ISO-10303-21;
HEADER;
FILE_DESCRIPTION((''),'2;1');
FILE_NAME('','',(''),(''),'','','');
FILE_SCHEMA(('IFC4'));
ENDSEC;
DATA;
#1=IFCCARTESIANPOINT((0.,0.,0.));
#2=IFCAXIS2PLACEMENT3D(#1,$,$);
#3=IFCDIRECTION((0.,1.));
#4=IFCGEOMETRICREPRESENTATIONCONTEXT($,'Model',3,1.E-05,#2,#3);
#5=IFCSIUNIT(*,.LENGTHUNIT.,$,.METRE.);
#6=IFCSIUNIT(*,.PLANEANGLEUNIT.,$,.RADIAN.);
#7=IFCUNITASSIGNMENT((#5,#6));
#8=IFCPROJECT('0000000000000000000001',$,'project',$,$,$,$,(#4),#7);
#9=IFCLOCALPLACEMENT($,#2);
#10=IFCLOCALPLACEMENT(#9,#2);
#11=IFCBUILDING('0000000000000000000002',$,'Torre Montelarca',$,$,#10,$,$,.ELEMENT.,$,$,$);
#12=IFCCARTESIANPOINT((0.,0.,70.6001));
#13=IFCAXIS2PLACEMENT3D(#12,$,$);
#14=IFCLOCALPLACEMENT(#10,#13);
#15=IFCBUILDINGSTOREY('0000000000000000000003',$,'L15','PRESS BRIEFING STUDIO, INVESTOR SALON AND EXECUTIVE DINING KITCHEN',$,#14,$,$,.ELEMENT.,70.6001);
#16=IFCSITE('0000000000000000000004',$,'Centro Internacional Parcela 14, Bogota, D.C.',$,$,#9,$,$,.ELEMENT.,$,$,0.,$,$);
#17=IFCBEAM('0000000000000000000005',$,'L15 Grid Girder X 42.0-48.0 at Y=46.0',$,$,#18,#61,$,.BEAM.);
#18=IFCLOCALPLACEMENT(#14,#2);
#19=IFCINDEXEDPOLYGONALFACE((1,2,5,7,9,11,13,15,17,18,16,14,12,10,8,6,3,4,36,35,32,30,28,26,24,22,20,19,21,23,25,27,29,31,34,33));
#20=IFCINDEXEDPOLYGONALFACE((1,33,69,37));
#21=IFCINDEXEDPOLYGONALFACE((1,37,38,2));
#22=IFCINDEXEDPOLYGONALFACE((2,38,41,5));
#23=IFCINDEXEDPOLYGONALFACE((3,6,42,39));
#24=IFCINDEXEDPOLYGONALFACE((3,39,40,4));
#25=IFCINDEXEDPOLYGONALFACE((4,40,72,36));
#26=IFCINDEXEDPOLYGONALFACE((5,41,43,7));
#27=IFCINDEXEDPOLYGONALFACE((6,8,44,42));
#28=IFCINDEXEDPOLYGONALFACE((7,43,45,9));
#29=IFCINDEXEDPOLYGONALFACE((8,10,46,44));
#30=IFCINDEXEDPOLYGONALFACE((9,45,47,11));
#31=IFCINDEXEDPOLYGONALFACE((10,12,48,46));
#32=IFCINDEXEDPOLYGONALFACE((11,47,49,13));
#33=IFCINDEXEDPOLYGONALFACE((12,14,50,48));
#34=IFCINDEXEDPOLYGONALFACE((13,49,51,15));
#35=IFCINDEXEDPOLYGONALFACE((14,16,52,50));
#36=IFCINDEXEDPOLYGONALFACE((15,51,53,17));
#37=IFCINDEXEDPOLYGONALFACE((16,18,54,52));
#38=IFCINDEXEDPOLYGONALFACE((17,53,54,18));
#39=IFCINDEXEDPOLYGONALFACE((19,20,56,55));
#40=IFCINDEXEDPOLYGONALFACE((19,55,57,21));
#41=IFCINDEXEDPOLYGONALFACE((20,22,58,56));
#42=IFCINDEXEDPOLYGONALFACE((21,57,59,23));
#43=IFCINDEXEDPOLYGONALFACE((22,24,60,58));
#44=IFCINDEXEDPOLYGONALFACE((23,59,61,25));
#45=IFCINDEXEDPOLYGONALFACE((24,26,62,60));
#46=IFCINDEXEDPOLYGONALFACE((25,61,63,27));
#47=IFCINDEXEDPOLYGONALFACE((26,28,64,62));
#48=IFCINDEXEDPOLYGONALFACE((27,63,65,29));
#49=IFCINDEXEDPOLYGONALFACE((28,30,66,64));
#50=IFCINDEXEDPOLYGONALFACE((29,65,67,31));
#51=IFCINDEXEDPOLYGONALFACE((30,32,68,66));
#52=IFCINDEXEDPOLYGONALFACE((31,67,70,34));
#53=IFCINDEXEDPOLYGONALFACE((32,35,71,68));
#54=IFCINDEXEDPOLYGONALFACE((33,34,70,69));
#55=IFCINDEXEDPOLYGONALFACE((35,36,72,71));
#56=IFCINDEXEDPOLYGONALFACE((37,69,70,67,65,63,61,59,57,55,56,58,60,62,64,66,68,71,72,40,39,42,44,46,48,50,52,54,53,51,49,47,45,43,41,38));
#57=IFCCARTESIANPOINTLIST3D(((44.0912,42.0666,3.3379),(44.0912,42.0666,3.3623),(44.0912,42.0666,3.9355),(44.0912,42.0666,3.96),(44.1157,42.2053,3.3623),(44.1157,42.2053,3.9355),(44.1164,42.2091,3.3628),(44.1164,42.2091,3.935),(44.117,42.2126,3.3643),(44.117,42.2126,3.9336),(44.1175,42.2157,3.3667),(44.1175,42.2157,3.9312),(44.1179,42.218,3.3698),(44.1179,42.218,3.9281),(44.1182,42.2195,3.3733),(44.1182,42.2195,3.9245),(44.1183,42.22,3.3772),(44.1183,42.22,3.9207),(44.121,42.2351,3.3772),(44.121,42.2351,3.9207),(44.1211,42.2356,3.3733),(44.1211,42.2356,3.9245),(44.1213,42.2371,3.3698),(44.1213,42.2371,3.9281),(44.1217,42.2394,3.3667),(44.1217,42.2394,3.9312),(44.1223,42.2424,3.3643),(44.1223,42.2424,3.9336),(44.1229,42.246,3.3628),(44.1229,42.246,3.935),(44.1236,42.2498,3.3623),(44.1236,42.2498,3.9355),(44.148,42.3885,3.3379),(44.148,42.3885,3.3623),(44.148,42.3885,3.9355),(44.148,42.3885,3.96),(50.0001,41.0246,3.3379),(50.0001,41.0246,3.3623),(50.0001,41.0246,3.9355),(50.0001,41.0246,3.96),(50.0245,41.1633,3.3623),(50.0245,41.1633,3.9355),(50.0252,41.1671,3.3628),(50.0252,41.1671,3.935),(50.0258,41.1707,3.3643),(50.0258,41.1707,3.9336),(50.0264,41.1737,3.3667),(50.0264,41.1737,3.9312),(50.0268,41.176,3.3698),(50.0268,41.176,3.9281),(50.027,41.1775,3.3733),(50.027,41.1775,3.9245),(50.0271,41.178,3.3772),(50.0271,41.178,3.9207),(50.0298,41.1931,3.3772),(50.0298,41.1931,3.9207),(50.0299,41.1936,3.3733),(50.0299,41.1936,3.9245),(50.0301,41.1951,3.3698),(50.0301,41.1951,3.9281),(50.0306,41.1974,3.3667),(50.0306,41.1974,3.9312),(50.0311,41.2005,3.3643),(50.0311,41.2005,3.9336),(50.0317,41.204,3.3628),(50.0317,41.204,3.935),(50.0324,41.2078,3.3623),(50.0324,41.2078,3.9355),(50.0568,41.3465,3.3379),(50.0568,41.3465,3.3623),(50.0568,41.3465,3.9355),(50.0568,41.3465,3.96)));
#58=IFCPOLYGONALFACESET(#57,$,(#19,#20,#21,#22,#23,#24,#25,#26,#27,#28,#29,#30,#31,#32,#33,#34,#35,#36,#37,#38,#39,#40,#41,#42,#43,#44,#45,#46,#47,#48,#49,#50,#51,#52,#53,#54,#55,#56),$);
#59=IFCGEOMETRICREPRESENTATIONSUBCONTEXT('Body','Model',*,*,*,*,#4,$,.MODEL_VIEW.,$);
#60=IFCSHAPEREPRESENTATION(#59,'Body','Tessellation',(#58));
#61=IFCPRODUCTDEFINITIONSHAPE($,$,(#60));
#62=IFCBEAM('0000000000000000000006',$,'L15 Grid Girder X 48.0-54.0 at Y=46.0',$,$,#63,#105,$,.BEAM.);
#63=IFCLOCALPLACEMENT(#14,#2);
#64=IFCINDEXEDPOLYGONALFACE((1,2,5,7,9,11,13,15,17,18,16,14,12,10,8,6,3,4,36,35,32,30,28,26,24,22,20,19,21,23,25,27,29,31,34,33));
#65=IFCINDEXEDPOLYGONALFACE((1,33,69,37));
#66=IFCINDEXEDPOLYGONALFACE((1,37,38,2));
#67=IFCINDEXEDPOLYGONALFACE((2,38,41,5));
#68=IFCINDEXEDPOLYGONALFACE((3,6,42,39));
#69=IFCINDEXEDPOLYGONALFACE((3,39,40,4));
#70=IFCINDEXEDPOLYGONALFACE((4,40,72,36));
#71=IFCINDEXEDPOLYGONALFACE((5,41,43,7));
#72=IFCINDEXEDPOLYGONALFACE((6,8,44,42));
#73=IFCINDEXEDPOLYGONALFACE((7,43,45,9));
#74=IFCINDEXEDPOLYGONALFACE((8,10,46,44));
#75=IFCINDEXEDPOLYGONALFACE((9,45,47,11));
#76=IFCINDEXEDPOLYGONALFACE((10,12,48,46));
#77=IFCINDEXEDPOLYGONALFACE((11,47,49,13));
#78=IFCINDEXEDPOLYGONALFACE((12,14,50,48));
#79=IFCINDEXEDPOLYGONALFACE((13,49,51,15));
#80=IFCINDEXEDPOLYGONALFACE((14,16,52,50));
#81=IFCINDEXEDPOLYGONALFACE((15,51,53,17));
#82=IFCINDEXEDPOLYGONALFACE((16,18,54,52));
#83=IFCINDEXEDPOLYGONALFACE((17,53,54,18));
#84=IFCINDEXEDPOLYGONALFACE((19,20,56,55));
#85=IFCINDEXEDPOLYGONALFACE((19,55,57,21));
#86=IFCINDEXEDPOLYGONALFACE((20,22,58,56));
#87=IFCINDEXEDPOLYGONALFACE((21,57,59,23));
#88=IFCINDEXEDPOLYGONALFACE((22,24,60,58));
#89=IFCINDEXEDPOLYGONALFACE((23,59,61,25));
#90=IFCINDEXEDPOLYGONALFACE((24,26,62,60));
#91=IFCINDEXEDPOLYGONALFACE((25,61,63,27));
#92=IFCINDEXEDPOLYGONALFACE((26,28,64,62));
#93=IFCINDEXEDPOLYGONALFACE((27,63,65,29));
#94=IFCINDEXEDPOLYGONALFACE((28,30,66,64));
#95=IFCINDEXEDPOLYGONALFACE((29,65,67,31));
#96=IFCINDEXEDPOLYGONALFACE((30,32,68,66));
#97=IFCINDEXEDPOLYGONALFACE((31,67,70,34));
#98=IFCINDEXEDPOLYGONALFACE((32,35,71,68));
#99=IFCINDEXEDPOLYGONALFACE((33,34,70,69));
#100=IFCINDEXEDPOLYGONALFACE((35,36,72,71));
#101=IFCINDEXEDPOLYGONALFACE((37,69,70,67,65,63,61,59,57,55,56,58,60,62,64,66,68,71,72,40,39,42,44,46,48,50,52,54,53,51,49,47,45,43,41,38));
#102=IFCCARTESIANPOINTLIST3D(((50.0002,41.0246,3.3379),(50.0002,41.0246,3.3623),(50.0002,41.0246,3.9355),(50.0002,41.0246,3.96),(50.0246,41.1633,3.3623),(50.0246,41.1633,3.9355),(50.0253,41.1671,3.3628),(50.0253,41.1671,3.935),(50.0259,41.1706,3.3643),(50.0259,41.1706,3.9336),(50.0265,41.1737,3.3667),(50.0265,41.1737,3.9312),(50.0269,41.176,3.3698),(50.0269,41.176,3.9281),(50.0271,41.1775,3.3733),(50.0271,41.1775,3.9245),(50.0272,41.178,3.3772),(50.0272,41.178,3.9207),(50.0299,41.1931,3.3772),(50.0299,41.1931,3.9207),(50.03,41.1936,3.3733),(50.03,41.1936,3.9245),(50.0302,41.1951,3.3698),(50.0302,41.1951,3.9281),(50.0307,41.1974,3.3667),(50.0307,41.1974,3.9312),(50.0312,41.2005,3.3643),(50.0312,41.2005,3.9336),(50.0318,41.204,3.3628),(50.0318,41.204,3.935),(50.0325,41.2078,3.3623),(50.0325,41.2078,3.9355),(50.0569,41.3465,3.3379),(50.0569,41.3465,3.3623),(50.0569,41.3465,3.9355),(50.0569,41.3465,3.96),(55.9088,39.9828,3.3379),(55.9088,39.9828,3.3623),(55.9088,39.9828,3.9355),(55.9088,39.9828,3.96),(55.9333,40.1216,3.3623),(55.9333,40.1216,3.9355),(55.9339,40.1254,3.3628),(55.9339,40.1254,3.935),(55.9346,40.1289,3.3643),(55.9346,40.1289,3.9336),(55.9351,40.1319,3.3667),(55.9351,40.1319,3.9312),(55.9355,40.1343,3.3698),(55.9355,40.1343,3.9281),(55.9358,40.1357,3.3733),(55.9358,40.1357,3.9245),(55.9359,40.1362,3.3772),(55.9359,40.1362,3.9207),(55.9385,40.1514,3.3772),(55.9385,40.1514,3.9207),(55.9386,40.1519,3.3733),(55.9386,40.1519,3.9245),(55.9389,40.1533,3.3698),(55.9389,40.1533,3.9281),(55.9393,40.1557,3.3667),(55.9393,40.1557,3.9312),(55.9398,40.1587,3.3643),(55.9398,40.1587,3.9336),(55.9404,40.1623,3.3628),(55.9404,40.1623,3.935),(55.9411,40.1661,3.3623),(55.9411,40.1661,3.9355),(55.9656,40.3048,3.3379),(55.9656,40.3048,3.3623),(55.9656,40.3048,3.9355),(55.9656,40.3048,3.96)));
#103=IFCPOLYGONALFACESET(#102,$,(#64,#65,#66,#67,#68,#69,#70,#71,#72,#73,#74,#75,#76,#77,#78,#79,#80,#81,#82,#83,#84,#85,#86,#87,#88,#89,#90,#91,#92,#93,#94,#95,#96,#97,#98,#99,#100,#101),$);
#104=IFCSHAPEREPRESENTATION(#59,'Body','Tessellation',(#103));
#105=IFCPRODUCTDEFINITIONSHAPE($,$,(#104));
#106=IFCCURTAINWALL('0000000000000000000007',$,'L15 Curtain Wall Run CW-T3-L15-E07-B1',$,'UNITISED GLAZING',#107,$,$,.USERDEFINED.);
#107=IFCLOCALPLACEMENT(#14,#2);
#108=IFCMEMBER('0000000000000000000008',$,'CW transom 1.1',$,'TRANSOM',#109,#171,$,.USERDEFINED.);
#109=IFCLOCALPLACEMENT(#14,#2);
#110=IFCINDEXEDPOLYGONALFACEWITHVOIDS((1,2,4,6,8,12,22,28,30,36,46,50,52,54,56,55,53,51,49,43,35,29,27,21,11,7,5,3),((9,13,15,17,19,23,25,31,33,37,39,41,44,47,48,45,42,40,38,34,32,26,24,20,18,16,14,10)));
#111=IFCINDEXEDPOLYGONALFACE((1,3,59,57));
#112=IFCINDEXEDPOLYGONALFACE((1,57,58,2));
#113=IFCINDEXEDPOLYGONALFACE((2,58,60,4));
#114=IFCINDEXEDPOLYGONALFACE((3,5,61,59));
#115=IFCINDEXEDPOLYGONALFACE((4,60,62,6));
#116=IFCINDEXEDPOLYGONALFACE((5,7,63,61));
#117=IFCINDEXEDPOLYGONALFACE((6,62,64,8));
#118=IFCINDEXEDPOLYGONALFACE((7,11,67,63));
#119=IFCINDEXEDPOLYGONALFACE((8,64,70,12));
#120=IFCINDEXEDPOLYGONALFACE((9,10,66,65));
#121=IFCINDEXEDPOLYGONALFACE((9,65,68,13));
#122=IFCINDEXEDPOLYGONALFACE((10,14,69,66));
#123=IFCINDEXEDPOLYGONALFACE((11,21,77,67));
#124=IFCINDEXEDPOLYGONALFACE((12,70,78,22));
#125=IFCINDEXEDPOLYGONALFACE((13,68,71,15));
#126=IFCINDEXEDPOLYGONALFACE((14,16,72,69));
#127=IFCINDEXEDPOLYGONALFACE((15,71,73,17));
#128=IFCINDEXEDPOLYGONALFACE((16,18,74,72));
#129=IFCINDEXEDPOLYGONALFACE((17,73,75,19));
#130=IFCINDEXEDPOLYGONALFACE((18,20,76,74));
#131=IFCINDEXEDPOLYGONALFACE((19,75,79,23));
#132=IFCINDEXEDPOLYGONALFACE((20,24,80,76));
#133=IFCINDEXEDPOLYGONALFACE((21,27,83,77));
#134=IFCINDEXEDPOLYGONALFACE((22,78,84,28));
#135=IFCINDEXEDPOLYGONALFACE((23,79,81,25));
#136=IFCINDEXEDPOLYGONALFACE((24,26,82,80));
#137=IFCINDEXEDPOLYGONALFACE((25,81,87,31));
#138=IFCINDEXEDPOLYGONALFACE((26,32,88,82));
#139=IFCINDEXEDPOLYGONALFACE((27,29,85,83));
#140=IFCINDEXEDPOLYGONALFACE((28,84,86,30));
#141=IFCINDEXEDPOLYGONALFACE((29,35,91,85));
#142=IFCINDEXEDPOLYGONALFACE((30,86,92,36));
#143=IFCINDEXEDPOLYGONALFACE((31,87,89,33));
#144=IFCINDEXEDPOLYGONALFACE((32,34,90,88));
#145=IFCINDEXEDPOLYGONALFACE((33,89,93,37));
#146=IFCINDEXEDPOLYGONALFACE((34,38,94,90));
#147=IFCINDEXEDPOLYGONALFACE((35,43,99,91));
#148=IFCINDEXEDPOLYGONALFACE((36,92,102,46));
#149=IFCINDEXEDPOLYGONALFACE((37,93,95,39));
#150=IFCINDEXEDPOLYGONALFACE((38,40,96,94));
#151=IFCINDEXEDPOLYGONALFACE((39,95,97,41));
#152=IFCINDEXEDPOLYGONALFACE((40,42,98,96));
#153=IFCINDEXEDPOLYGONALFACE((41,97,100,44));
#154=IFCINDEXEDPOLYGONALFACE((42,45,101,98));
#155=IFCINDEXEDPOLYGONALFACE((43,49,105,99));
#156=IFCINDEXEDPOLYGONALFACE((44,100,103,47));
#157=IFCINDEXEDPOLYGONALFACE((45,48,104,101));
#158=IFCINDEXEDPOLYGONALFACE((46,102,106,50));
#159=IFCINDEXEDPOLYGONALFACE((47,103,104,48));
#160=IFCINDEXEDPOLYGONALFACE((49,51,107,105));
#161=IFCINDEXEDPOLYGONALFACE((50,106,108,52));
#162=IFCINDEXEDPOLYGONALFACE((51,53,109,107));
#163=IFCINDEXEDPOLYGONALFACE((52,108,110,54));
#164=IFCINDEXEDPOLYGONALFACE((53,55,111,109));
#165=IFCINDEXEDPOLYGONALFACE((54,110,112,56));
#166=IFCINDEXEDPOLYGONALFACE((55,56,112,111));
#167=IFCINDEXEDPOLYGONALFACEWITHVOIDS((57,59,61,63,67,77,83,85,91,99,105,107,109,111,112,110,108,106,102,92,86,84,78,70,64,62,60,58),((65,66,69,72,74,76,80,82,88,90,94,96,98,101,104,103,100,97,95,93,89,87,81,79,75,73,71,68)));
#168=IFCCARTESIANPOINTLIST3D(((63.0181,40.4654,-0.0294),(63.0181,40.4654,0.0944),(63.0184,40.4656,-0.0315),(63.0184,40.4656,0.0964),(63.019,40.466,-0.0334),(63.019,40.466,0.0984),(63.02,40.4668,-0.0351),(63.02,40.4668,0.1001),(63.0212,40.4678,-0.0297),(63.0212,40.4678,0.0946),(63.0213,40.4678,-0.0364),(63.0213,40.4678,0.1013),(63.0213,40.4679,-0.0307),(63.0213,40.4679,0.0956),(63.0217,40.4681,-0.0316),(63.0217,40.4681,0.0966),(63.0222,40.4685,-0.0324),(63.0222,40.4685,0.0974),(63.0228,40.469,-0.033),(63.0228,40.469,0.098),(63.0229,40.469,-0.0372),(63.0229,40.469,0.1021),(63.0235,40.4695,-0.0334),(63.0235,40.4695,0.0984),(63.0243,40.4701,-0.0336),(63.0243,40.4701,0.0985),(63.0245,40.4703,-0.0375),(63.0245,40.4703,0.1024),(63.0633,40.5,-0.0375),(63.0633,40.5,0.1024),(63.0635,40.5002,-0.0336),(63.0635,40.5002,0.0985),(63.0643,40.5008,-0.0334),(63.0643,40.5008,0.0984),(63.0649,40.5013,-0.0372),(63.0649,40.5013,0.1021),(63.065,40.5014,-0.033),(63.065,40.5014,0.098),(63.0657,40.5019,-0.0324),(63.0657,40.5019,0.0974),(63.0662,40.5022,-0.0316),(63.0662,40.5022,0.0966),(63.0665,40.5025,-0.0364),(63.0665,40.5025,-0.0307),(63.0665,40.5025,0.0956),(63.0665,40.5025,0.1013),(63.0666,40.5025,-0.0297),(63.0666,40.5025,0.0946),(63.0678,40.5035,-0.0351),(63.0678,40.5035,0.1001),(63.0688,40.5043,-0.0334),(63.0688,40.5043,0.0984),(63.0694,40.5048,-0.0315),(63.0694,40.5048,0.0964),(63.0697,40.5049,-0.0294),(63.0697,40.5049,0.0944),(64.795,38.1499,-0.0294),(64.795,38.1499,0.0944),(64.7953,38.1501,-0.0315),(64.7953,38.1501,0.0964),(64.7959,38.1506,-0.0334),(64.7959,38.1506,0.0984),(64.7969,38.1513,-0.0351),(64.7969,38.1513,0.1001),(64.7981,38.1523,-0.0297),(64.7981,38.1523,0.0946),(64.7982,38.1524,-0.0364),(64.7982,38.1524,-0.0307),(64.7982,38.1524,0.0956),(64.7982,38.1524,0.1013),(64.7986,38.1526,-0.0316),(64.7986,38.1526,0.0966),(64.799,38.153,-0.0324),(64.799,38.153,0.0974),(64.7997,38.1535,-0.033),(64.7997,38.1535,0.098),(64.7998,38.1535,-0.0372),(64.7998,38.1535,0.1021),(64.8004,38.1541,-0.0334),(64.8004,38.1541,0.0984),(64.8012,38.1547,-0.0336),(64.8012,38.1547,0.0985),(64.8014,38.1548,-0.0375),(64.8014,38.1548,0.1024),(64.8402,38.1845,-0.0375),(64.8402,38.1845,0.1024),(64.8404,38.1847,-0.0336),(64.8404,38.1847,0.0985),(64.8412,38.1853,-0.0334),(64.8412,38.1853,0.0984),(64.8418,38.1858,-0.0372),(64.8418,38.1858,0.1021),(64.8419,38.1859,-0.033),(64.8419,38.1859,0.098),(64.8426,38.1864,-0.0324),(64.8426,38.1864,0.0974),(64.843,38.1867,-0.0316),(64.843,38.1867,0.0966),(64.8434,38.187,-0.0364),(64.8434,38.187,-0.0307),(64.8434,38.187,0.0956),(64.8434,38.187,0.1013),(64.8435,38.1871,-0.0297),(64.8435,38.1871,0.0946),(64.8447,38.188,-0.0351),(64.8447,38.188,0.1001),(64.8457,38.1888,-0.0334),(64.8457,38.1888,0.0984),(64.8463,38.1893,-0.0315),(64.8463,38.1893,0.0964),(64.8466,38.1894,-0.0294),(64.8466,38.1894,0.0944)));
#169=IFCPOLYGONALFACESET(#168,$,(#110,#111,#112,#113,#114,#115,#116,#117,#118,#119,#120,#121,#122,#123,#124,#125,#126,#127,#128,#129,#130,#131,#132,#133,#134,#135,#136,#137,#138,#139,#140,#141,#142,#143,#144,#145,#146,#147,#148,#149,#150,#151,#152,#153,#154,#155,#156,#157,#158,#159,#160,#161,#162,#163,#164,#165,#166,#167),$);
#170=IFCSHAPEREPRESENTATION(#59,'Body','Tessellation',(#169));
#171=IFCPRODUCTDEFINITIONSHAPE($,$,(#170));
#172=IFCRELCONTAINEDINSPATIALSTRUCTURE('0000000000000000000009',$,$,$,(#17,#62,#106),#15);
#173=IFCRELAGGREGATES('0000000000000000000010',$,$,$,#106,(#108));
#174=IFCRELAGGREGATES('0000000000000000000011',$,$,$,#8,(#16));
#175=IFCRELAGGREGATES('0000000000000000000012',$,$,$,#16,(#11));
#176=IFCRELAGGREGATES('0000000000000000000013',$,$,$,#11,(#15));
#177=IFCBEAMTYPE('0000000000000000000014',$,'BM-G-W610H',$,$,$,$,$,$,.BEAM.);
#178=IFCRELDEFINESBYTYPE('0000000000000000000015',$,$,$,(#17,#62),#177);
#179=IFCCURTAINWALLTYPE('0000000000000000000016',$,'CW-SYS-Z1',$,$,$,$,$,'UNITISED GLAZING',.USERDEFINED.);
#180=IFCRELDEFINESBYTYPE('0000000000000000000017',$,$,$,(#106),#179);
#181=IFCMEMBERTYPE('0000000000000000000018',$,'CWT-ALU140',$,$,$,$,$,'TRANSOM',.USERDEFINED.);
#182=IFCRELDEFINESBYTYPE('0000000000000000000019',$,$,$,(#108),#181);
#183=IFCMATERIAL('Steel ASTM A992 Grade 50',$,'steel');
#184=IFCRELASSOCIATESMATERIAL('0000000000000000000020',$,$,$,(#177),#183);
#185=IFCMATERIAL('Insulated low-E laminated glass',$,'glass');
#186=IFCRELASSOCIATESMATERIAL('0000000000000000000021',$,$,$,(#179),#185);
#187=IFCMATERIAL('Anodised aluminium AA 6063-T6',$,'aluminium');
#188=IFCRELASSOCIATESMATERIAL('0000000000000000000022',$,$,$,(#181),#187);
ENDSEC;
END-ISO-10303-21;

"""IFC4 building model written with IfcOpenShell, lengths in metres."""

from ifc_helpers import new_model, si_unit, direction, frame, origin, origin_2d, place, context, subcontext, project, spatial, hollow_rectangle, i_section, extrude, source, transform, mapped, material, material_profile, profile_set, type_object, element, aggregate, save


model = new_model("IFC4")

# Units and contexts
model_context = context("Model", 3, precision=1e-05, world=origin(), true_north=direction((0.0, 1.0)))
body_context = subcontext(model_context, "Body", "Model", "MODEL_VIEW")
ifc_project = project(units=[si_unit("LENGTHUNIT", "METRE"), si_unit("PLANEANGLEUNIT", "RADIAN")], contexts=[model_context])

# Site, building, storey
site_placement = place(None, origin())
site = spatial("IfcSite", under=ifc_project, at=site_placement, Name="Centro Internacional Parcela 14, Bogota, D.C.", CompositionType="ELEMENT", RefElevation=0.0)
building_placement = place(site_placement, origin())
building = spatial("IfcBuilding", under=site, at=building_placement, Name="Torre Montelarca", CompositionType="ELEMENT")
storey_placement = place(building_placement, frame((0.0, 0.0, 70.6001)))
storey = spatial("IfcBuildingStorey", under=building, at=storey_placement, Name="L15", Description="PRESS BRIEFING STUDIO, INVESTOR SALON AND EXECUTIVE DINING KITCHEN", CompositionType="ELEMENT", Elevation=70.6001)

# Shared definitions
ifc_material_1 = material(Name="Steel ASTM A992 Grade 50", Category="steel")

# Beams
ifc_material_profile_1 = material_profile(ifc_material_1, i_section(OverallWidth=0.3269, OverallDepth=0.6221, WebThickness=0.0154, FlangeThickness=0.0244, FilletRadius=0.0149, at=origin_2d()), Name="W610X195", Category="steel")
ifc_profile_set_1 = profile_set([ifc_material_profile_1], Name="Steel ASTM A992 Grade 50")
beam_type = type_object("IfcBeamType", Name="BM-G-W610H", PredefinedType="BEAM", material=ifc_profile_set_1)
shared_shape_1 = source(origin(), body_context, "Body", "SweptSolid", [
    extrude(i_section(OverallWidth=0.3269, OverallDepth=0.6221, WebThickness=0.0154, FlangeThickness=0.0244, FilletRadius=0.0149, at=origin_2d()), origin(), (0.0, 0.0, 1.0), 6.0),
])
beam_1_placement = place(storey_placement, frame((44.1196, 42.2275, 3.6489), z_axis=(0.984805, -0.173662, 0.0), x_axis=(0.173662, 0.984805, 0.0)))
element("IfcBeam", 1, at=beam_1_placement, inside=storey, type_object=beam_type, Name="L15 Grid Girder X 42.0-48.0 at Y=46.0", PredefinedType="BEAM", context=body_context, shape_type="MappedRepresentation", body=[
    mapped(shared_shape_1, transform((0.0, 0.0, 0.0), scale=1.0)),
])
shared_shape_2 = source(origin(), body_context, "Body", "SweptSolid", [
    extrude(i_section(OverallWidth=0.3269, OverallDepth=0.6221, WebThickness=0.0154, FlangeThickness=0.0244, FilletRadius=0.0149, at=origin_2d()), origin(), (0.0, 0.0, 1.0), 5.9998),
])
beam_2_placement = place(storey_placement, frame((50.0286, 41.1855, 3.6489), z_axis=(0.984811, -0.17363, 0.0), x_axis=(0.17363, 0.984811, 0.0)))
element("IfcBeam", 2, at=beam_2_placement, inside=storey, type_object=beam_type, Name="L15 Grid Girder X 48.0-54.0 at Y=46.0", PredefinedType="BEAM", context=body_context, shape_type="MappedRepresentation", body=[
    mapped(shared_shape_2, transform((0.0, 0.0, 0.0), scale=1.0)),
])

# Curtain wall, member
ifc_material_2 = material(Name="Insulated low-E laminated glass", Category="glass")
curtain_wall_type = type_object("IfcCurtainWallType", Name="CW-SYS-Z1", ElementType="UNITISED GLAZING", PredefinedType="USERDEFINED", material=ifc_material_2)
curtain_wall_1_placement = place(storey_placement, origin())
curtain_wall_1 = element("IfcCurtainWall", 3, at=curtain_wall_1_placement, inside=storey, type_object=curtain_wall_type, Name="L15 Curtain Wall Run CW-T3-L15-E07-B1", ObjectType="UNITISED GLAZING", PredefinedType="USERDEFINED")
ifc_material_3 = material(Name="Anodised aluminium AA 6063-T6", Category="aluminium")
ifc_material_profile_2 = material_profile(ifc_material_3, hollow_rectangle(XDim=0.0649, YDim=0.1399, WallThickness=0.0039, InnerFilletRadius=0.0039, OuterFilletRadius=0.0081, at=origin_2d()), Name="ALU65X140X4", Category="aluminium")
ifc_profile_set_2 = profile_set([ifc_material_profile_2], Name="Anodised aluminium AA 6063-T6")
member_type_1 = type_object("IfcMemberType", Name="CWT-ALU140", ElementType="TRANSOM", PredefinedType="USERDEFINED", material=ifc_profile_set_2)
shared_shape_3 = source(origin(), body_context, "Body", "SweptSolid", [
    extrude(hollow_rectangle(XDim=0.0649, YDim=0.1399, WallThickness=0.0039, InnerFilletRadius=0.0039, OuterFilletRadius=0.0081, at=origin_2d()), origin(), (0.0, 0.0, 1.0), 2.9187),
])
member_1_placement = place(storey_placement, frame((64.8208, 38.1697, 0.0325), z_axis=(-0.608797, 0.793326, 0.0), x_axis=(-0.793326, -0.608797, 0.0)))
member_1 = element("IfcMember", 4, at=member_1_placement, type_object=member_type_1, Name="CW transom 1.1", ObjectType="TRANSOM", PredefinedType="USERDEFINED", context=body_context, shape_type="MappedRepresentation", body=[
    mapped(shared_shape_3, transform((0.0, 0.0, 0.0), scale=1.0)),
])

aggregate(curtain_wall_1, [member_1])

save(model, "model.ifc")
